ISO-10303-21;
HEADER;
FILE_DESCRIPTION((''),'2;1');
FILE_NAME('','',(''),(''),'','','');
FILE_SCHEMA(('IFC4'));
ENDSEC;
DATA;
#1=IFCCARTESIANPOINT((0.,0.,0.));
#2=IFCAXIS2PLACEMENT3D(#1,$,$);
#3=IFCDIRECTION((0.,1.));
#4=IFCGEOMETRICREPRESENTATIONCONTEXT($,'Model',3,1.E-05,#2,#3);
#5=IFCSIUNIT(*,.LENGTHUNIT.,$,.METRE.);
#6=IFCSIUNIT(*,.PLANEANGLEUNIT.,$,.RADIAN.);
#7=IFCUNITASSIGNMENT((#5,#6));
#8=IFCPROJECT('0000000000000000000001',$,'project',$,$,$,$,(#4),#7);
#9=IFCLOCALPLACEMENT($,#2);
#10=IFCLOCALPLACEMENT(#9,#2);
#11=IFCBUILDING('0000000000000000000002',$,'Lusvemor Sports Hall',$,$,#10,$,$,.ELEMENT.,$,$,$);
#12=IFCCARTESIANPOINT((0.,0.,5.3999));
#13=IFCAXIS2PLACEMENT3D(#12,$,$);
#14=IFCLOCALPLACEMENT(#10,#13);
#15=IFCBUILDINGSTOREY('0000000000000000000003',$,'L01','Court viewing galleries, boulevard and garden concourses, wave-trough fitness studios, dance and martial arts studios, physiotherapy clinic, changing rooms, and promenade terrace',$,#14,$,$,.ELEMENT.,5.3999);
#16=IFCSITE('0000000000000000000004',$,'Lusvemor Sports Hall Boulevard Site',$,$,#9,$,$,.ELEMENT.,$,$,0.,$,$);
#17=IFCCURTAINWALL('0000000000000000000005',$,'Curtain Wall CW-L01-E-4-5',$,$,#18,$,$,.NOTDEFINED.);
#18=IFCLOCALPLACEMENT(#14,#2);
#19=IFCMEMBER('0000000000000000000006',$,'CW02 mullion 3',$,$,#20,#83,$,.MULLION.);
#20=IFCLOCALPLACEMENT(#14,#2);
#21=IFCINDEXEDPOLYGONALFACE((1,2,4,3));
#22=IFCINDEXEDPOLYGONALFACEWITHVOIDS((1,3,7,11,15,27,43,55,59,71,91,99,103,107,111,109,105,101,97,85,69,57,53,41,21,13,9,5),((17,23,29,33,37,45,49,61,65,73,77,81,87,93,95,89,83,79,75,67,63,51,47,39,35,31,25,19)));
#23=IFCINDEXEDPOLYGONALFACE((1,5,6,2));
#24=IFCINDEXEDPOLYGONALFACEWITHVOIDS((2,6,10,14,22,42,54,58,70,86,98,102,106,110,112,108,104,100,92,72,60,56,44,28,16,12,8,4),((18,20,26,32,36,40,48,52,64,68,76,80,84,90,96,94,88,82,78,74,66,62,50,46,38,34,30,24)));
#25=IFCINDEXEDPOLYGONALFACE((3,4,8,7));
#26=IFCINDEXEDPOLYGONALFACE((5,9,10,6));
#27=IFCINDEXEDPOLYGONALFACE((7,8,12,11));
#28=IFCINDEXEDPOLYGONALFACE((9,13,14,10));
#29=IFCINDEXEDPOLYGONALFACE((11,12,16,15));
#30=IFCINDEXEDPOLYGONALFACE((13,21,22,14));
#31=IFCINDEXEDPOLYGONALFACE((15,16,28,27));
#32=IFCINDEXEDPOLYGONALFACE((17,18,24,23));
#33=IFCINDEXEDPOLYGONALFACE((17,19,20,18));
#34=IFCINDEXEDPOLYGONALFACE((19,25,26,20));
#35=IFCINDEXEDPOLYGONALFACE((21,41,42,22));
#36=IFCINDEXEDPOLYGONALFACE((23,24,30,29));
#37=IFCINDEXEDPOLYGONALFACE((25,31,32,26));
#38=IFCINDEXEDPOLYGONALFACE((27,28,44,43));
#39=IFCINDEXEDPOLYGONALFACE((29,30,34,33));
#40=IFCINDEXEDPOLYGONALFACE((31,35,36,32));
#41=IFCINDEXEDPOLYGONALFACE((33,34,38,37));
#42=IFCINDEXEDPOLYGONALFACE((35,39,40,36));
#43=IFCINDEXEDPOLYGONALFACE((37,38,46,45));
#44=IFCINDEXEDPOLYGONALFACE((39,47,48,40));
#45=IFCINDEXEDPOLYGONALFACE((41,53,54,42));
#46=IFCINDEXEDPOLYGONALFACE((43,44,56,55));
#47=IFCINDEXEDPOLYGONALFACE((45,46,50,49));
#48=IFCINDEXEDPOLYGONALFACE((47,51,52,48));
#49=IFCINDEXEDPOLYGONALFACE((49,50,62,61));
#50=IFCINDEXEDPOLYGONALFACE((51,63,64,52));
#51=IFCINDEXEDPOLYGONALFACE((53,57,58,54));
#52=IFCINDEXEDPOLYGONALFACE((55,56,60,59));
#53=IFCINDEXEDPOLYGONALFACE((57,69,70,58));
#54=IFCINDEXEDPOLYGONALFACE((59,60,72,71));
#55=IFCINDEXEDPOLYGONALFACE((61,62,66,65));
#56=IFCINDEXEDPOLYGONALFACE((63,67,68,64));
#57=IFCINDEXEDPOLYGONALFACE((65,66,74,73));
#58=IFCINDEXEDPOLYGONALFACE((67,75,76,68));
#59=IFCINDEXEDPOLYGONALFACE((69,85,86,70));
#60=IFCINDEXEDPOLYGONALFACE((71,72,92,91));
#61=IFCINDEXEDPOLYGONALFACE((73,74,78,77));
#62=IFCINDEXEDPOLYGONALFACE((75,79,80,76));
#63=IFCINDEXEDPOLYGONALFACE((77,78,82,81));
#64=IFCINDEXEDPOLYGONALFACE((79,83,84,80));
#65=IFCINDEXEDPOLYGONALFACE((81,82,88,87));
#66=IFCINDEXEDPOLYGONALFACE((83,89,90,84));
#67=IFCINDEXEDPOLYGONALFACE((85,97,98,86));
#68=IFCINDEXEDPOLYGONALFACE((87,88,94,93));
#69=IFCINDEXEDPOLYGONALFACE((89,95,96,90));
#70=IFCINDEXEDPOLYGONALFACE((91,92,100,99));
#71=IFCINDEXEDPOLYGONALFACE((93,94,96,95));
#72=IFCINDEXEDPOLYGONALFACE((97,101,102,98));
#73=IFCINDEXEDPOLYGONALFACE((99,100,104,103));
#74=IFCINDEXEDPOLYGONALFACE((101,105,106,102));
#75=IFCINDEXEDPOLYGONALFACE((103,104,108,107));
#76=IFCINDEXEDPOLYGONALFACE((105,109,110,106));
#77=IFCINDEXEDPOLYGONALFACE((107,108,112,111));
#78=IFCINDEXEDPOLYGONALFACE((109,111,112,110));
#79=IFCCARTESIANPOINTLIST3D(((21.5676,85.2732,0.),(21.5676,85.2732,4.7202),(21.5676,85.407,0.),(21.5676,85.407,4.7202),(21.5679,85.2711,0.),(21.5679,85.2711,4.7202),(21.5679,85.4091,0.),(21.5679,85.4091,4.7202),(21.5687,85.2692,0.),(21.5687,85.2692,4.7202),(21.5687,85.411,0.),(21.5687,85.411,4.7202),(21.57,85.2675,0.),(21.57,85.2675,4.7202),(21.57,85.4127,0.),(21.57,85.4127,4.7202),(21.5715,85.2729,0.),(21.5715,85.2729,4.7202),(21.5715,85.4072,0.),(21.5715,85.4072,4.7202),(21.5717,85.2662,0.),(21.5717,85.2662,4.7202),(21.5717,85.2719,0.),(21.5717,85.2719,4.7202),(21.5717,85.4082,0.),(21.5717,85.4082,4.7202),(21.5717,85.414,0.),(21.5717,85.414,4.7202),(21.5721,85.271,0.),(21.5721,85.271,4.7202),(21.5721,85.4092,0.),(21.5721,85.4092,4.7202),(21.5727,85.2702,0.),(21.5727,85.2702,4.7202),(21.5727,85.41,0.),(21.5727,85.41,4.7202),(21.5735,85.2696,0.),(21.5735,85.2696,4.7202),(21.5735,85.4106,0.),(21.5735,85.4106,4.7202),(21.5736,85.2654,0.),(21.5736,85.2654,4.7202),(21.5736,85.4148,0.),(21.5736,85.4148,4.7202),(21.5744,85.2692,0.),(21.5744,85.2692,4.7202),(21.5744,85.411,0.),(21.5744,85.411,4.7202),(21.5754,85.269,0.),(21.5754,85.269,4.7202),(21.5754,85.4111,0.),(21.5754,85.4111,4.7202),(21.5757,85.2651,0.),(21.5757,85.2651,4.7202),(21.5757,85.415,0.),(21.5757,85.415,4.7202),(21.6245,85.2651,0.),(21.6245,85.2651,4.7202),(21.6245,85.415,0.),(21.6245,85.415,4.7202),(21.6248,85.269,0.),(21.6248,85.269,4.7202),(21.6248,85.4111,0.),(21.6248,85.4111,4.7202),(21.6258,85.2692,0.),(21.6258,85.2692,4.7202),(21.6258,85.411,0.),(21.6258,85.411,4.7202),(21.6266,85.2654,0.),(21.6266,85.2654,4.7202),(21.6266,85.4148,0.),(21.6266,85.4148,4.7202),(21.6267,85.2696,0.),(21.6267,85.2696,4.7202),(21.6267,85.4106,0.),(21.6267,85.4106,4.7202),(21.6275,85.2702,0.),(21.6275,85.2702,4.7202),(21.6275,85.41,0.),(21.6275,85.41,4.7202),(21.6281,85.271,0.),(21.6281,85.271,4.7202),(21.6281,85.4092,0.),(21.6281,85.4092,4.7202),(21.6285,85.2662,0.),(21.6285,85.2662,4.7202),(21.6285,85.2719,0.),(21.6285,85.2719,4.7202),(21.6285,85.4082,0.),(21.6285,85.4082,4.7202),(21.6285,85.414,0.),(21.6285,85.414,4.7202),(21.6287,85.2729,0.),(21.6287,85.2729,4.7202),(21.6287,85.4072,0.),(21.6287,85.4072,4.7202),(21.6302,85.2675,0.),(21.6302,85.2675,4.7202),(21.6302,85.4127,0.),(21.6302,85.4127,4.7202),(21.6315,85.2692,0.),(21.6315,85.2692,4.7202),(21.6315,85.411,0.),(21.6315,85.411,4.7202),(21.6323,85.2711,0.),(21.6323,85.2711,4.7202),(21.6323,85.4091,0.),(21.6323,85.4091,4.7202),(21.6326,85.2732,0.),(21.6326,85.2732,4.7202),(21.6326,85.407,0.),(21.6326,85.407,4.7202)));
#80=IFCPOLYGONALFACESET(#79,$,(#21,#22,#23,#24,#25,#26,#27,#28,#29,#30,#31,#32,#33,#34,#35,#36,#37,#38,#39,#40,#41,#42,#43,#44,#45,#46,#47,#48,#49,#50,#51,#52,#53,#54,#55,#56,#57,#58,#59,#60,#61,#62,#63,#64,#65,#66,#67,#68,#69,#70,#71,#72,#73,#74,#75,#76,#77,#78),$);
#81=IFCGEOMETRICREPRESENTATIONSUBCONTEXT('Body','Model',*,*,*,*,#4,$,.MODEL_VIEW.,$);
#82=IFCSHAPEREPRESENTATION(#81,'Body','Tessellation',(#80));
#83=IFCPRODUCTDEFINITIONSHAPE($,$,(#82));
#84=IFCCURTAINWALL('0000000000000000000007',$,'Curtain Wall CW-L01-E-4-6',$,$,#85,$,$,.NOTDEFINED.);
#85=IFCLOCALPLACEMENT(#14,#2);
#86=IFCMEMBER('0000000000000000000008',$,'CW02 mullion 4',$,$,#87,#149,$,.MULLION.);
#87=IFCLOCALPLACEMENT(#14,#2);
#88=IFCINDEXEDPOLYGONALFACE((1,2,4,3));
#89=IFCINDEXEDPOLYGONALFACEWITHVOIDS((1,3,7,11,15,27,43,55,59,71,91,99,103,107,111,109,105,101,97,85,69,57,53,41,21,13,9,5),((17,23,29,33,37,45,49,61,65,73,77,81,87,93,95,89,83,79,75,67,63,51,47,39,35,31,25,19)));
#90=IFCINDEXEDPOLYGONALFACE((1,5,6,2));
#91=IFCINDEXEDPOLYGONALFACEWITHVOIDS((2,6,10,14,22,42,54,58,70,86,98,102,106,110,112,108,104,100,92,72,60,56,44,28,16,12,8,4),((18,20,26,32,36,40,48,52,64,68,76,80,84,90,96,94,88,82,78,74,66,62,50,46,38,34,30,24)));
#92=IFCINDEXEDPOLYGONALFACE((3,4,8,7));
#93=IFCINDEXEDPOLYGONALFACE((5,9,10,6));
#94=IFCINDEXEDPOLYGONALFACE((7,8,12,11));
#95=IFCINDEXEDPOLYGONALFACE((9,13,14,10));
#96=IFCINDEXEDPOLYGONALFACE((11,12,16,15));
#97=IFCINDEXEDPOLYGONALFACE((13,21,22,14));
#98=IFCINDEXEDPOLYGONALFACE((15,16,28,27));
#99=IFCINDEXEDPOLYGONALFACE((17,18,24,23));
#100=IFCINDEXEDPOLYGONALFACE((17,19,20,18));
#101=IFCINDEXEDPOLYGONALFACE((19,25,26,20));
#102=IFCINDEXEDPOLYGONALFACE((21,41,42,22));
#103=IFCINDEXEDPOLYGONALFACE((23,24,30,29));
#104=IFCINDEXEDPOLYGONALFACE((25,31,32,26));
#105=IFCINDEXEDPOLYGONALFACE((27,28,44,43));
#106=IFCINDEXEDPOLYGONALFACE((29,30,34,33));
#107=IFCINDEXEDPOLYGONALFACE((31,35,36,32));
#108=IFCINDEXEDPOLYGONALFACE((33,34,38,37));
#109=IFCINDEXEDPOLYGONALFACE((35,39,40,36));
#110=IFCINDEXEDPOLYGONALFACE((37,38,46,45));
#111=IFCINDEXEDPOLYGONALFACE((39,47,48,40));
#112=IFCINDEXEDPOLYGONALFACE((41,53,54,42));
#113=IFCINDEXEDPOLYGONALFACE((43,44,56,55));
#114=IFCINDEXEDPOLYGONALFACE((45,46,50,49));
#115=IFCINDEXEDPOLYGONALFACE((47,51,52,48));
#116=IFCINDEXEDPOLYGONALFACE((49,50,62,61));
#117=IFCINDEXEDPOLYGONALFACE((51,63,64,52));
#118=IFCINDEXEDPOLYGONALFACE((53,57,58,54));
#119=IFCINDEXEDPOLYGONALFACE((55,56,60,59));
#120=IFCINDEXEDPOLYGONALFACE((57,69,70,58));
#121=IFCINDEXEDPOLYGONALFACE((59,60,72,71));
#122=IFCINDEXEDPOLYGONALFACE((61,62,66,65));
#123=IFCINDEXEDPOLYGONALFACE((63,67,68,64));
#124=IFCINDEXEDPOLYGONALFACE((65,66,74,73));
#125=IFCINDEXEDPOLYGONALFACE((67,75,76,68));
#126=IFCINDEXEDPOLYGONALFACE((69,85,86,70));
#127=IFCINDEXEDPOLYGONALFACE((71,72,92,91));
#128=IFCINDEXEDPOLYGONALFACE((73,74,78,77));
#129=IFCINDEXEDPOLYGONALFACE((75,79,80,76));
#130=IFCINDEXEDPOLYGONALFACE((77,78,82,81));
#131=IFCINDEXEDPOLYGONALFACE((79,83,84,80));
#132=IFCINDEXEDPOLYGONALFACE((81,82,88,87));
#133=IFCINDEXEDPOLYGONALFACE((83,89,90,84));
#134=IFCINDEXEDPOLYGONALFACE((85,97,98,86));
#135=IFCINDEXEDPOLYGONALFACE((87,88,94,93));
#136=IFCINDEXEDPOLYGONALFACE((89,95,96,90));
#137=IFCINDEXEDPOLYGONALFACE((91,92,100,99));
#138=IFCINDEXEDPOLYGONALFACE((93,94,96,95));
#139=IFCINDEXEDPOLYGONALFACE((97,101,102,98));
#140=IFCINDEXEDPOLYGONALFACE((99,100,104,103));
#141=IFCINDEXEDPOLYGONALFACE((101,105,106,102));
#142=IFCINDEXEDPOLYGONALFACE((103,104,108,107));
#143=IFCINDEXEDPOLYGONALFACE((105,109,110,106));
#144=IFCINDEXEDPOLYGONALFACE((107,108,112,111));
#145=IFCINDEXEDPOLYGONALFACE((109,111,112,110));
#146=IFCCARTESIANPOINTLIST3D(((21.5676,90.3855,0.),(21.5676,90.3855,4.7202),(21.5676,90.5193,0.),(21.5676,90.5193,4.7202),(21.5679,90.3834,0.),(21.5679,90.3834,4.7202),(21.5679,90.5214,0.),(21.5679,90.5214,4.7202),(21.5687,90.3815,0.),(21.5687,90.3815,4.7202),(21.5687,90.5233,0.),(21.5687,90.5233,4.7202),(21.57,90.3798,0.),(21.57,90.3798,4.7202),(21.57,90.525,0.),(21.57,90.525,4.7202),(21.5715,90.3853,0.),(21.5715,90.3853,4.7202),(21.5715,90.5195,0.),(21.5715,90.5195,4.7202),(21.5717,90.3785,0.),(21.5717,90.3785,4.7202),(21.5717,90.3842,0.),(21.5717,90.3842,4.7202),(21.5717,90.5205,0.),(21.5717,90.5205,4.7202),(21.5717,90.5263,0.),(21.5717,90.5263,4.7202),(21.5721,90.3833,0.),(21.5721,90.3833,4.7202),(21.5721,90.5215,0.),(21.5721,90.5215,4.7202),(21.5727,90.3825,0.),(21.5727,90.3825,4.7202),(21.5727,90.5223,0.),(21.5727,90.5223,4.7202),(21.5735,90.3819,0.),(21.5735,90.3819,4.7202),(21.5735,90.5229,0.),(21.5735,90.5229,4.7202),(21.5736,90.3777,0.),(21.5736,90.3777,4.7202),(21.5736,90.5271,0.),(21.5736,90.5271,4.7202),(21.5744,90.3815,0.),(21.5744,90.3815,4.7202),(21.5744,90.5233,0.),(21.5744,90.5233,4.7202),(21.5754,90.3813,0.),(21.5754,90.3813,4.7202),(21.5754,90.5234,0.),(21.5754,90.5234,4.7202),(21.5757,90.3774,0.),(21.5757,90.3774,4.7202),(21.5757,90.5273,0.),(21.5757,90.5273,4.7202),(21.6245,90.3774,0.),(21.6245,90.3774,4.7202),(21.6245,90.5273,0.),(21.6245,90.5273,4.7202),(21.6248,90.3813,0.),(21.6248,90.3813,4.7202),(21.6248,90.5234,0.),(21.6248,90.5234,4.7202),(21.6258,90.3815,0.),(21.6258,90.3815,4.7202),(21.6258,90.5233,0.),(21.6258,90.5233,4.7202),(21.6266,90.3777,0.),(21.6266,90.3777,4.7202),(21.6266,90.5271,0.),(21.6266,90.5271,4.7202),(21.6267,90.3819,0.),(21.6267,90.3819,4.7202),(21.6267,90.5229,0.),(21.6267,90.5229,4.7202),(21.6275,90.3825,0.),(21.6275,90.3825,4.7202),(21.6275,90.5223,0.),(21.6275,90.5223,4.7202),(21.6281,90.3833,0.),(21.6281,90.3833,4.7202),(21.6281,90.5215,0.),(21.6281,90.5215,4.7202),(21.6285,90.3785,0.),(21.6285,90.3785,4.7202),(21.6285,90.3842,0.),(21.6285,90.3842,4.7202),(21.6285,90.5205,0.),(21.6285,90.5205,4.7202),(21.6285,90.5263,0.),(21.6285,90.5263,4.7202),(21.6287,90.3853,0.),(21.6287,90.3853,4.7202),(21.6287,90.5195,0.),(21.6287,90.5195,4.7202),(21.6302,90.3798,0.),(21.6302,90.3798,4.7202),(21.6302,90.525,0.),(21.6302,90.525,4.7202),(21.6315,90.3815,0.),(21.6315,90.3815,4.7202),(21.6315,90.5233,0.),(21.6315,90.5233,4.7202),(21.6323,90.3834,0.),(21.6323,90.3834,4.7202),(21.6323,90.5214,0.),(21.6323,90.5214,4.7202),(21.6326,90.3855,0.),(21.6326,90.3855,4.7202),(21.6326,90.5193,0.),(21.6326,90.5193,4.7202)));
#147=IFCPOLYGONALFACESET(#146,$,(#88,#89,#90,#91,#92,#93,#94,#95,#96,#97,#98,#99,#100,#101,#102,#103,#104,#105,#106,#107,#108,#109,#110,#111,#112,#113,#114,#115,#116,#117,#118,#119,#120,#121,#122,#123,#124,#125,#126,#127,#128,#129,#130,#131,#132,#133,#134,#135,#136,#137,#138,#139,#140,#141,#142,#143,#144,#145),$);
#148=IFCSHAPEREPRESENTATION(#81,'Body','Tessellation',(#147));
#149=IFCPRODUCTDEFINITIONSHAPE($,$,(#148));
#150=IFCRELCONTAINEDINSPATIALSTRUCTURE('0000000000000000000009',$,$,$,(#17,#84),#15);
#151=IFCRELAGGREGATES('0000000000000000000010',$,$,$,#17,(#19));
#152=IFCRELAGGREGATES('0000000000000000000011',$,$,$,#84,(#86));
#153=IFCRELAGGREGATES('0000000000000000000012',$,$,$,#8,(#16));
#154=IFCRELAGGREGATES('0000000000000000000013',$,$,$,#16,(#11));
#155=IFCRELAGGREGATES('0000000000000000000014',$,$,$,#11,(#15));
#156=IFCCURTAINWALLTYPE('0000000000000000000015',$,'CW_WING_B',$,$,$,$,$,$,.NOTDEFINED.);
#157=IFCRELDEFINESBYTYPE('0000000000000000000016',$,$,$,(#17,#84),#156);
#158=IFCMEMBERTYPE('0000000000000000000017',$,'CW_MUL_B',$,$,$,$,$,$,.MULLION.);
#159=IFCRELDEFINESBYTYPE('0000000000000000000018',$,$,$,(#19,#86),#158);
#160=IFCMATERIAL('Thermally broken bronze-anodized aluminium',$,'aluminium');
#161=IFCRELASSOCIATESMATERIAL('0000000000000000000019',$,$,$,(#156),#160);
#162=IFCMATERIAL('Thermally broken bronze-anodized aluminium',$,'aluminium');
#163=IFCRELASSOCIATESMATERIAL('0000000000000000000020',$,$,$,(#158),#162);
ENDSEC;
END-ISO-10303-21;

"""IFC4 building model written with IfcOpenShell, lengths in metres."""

from ifc_helpers import new_model, si_unit, direction, frame, origin, origin_2d, place, context, subcontext, project, spatial, hollow_rectangle, extrude, material, material_profile, profile_set, type_object, element, aggregate, save


model = new_model("IFC4")

# Units and contexts
model_context = context("Model", 3, precision=1e-05, world=origin(), true_north=direction((0.0, 1.0)))
body_context = subcontext(model_context, "Body", "Model", "MODEL_VIEW")
ifc_project = project(units=[si_unit("LENGTHUNIT", "METRE"), si_unit("PLANEANGLEUNIT", "RADIAN")], contexts=[model_context])

# Site, building, storey
site_placement = place(None, origin())
site = spatial("IfcSite", under=ifc_project, at=site_placement, Name="Lusvemor Sports Hall Boulevard Site", CompositionType="ELEMENT", RefElevation=0.0)
building_placement = place(site_placement, origin())
building = spatial("IfcBuilding", under=site, at=building_placement, Name="Lusvemor Sports Hall", CompositionType="ELEMENT")
storey_placement = place(building_placement, frame((0.0, 0.0, 5.3999)))
storey = spatial("IfcBuildingStorey", under=building, at=storey_placement, Name="L01", Description="Court viewing galleries, boulevard and garden concourses, wave-trough fitness studios, dance and martial arts studios, physiotherapy clinic, changing rooms, and promenade terrace", CompositionType="ELEMENT", Elevation=5.3999)

# Curtain wall, member
ifc_material_1 = material(Name="Thermally broken bronze-anodized aluminium", Category="aluminium")
curtain_wall_type = type_object("IfcCurtainWallType", Name="CW_WING_B", PredefinedType="NOTDEFINED", material=ifc_material_1)
curtain_wall_1_placement = place(storey_placement, origin())
curtain_wall_1 = element("IfcCurtainWall", 1, at=curtain_wall_1_placement, inside=storey, type_object=curtain_wall_type, Name="Curtain Wall CW-L01-E-4-5", PredefinedType="NOTDEFINED")
ifc_material_2 = material(Name="Thermally broken bronze-anodized aluminium", Category="aluminium")
ifc_material_profile_1 = material_profile(ifc_material_2, hollow_rectangle(XDim=0.0649, YDim=0.1499, WallThickness=0.0039, InnerFilletRadius=0.0039, OuterFilletRadius=0.0081, at=origin_2d()), Name="CWMUL150x65x4")
ifc_profile_set_1 = profile_set([ifc_material_profile_1], Name="Thermally broken bronze-anodized aluminium")
member_type_1 = type_object("IfcMemberType", Name="CW_MUL_B", PredefinedType="MULLION", material=ifc_profile_set_1)
member_1_placement = place(storey_placement, frame((21.6001, 85.3401, 0.0), z_axis=(0.0, 0.0, 1.0), x_axis=(1.0, 0.0, 0.0)))
member_1 = element("IfcMember", 2, at=member_1_placement, type_object=member_type_1, Name="CW02 mullion 3", PredefinedType="MULLION", context=body_context, shape_type="SweptSolid", body=[
    extrude(hollow_rectangle(XDim=0.0649, YDim=0.1499, WallThickness=0.0039, InnerFilletRadius=0.0039, OuterFilletRadius=0.0081, at=origin_2d()), origin(), (0.0, 0.0, 1.0), 4.7202),
])

# Curtain wall, member
curtain_wall_2_placement = place(storey_placement, origin())
curtain_wall_2 = element("IfcCurtainWall", 3, at=curtain_wall_2_placement, inside=storey, type_object=curtain_wall_type, Name="Curtain Wall CW-L01-E-4-6", PredefinedType="NOTDEFINED")
member_2_placement = place(storey_placement, frame((21.6001, 90.4524, 0.0), z_axis=(0.0, 0.0, 1.0), x_axis=(1.0, 0.0, 0.0)))
member_2 = element("IfcMember", 4, at=member_2_placement, type_object=member_type_1, Name="CW02 mullion 4", PredefinedType="MULLION", context=body_context, shape_type="SweptSolid", body=[
    extrude(hollow_rectangle(XDim=0.0649, YDim=0.1499, WallThickness=0.0039, InnerFilletRadius=0.0039, OuterFilletRadius=0.0081, at=origin_2d()), origin(), (0.0, 0.0, 1.0), 4.7202),
])

aggregate(curtain_wall_1, [member_1])
aggregate(curtain_wall_2, [member_2])

save(model, "model.ifc")
